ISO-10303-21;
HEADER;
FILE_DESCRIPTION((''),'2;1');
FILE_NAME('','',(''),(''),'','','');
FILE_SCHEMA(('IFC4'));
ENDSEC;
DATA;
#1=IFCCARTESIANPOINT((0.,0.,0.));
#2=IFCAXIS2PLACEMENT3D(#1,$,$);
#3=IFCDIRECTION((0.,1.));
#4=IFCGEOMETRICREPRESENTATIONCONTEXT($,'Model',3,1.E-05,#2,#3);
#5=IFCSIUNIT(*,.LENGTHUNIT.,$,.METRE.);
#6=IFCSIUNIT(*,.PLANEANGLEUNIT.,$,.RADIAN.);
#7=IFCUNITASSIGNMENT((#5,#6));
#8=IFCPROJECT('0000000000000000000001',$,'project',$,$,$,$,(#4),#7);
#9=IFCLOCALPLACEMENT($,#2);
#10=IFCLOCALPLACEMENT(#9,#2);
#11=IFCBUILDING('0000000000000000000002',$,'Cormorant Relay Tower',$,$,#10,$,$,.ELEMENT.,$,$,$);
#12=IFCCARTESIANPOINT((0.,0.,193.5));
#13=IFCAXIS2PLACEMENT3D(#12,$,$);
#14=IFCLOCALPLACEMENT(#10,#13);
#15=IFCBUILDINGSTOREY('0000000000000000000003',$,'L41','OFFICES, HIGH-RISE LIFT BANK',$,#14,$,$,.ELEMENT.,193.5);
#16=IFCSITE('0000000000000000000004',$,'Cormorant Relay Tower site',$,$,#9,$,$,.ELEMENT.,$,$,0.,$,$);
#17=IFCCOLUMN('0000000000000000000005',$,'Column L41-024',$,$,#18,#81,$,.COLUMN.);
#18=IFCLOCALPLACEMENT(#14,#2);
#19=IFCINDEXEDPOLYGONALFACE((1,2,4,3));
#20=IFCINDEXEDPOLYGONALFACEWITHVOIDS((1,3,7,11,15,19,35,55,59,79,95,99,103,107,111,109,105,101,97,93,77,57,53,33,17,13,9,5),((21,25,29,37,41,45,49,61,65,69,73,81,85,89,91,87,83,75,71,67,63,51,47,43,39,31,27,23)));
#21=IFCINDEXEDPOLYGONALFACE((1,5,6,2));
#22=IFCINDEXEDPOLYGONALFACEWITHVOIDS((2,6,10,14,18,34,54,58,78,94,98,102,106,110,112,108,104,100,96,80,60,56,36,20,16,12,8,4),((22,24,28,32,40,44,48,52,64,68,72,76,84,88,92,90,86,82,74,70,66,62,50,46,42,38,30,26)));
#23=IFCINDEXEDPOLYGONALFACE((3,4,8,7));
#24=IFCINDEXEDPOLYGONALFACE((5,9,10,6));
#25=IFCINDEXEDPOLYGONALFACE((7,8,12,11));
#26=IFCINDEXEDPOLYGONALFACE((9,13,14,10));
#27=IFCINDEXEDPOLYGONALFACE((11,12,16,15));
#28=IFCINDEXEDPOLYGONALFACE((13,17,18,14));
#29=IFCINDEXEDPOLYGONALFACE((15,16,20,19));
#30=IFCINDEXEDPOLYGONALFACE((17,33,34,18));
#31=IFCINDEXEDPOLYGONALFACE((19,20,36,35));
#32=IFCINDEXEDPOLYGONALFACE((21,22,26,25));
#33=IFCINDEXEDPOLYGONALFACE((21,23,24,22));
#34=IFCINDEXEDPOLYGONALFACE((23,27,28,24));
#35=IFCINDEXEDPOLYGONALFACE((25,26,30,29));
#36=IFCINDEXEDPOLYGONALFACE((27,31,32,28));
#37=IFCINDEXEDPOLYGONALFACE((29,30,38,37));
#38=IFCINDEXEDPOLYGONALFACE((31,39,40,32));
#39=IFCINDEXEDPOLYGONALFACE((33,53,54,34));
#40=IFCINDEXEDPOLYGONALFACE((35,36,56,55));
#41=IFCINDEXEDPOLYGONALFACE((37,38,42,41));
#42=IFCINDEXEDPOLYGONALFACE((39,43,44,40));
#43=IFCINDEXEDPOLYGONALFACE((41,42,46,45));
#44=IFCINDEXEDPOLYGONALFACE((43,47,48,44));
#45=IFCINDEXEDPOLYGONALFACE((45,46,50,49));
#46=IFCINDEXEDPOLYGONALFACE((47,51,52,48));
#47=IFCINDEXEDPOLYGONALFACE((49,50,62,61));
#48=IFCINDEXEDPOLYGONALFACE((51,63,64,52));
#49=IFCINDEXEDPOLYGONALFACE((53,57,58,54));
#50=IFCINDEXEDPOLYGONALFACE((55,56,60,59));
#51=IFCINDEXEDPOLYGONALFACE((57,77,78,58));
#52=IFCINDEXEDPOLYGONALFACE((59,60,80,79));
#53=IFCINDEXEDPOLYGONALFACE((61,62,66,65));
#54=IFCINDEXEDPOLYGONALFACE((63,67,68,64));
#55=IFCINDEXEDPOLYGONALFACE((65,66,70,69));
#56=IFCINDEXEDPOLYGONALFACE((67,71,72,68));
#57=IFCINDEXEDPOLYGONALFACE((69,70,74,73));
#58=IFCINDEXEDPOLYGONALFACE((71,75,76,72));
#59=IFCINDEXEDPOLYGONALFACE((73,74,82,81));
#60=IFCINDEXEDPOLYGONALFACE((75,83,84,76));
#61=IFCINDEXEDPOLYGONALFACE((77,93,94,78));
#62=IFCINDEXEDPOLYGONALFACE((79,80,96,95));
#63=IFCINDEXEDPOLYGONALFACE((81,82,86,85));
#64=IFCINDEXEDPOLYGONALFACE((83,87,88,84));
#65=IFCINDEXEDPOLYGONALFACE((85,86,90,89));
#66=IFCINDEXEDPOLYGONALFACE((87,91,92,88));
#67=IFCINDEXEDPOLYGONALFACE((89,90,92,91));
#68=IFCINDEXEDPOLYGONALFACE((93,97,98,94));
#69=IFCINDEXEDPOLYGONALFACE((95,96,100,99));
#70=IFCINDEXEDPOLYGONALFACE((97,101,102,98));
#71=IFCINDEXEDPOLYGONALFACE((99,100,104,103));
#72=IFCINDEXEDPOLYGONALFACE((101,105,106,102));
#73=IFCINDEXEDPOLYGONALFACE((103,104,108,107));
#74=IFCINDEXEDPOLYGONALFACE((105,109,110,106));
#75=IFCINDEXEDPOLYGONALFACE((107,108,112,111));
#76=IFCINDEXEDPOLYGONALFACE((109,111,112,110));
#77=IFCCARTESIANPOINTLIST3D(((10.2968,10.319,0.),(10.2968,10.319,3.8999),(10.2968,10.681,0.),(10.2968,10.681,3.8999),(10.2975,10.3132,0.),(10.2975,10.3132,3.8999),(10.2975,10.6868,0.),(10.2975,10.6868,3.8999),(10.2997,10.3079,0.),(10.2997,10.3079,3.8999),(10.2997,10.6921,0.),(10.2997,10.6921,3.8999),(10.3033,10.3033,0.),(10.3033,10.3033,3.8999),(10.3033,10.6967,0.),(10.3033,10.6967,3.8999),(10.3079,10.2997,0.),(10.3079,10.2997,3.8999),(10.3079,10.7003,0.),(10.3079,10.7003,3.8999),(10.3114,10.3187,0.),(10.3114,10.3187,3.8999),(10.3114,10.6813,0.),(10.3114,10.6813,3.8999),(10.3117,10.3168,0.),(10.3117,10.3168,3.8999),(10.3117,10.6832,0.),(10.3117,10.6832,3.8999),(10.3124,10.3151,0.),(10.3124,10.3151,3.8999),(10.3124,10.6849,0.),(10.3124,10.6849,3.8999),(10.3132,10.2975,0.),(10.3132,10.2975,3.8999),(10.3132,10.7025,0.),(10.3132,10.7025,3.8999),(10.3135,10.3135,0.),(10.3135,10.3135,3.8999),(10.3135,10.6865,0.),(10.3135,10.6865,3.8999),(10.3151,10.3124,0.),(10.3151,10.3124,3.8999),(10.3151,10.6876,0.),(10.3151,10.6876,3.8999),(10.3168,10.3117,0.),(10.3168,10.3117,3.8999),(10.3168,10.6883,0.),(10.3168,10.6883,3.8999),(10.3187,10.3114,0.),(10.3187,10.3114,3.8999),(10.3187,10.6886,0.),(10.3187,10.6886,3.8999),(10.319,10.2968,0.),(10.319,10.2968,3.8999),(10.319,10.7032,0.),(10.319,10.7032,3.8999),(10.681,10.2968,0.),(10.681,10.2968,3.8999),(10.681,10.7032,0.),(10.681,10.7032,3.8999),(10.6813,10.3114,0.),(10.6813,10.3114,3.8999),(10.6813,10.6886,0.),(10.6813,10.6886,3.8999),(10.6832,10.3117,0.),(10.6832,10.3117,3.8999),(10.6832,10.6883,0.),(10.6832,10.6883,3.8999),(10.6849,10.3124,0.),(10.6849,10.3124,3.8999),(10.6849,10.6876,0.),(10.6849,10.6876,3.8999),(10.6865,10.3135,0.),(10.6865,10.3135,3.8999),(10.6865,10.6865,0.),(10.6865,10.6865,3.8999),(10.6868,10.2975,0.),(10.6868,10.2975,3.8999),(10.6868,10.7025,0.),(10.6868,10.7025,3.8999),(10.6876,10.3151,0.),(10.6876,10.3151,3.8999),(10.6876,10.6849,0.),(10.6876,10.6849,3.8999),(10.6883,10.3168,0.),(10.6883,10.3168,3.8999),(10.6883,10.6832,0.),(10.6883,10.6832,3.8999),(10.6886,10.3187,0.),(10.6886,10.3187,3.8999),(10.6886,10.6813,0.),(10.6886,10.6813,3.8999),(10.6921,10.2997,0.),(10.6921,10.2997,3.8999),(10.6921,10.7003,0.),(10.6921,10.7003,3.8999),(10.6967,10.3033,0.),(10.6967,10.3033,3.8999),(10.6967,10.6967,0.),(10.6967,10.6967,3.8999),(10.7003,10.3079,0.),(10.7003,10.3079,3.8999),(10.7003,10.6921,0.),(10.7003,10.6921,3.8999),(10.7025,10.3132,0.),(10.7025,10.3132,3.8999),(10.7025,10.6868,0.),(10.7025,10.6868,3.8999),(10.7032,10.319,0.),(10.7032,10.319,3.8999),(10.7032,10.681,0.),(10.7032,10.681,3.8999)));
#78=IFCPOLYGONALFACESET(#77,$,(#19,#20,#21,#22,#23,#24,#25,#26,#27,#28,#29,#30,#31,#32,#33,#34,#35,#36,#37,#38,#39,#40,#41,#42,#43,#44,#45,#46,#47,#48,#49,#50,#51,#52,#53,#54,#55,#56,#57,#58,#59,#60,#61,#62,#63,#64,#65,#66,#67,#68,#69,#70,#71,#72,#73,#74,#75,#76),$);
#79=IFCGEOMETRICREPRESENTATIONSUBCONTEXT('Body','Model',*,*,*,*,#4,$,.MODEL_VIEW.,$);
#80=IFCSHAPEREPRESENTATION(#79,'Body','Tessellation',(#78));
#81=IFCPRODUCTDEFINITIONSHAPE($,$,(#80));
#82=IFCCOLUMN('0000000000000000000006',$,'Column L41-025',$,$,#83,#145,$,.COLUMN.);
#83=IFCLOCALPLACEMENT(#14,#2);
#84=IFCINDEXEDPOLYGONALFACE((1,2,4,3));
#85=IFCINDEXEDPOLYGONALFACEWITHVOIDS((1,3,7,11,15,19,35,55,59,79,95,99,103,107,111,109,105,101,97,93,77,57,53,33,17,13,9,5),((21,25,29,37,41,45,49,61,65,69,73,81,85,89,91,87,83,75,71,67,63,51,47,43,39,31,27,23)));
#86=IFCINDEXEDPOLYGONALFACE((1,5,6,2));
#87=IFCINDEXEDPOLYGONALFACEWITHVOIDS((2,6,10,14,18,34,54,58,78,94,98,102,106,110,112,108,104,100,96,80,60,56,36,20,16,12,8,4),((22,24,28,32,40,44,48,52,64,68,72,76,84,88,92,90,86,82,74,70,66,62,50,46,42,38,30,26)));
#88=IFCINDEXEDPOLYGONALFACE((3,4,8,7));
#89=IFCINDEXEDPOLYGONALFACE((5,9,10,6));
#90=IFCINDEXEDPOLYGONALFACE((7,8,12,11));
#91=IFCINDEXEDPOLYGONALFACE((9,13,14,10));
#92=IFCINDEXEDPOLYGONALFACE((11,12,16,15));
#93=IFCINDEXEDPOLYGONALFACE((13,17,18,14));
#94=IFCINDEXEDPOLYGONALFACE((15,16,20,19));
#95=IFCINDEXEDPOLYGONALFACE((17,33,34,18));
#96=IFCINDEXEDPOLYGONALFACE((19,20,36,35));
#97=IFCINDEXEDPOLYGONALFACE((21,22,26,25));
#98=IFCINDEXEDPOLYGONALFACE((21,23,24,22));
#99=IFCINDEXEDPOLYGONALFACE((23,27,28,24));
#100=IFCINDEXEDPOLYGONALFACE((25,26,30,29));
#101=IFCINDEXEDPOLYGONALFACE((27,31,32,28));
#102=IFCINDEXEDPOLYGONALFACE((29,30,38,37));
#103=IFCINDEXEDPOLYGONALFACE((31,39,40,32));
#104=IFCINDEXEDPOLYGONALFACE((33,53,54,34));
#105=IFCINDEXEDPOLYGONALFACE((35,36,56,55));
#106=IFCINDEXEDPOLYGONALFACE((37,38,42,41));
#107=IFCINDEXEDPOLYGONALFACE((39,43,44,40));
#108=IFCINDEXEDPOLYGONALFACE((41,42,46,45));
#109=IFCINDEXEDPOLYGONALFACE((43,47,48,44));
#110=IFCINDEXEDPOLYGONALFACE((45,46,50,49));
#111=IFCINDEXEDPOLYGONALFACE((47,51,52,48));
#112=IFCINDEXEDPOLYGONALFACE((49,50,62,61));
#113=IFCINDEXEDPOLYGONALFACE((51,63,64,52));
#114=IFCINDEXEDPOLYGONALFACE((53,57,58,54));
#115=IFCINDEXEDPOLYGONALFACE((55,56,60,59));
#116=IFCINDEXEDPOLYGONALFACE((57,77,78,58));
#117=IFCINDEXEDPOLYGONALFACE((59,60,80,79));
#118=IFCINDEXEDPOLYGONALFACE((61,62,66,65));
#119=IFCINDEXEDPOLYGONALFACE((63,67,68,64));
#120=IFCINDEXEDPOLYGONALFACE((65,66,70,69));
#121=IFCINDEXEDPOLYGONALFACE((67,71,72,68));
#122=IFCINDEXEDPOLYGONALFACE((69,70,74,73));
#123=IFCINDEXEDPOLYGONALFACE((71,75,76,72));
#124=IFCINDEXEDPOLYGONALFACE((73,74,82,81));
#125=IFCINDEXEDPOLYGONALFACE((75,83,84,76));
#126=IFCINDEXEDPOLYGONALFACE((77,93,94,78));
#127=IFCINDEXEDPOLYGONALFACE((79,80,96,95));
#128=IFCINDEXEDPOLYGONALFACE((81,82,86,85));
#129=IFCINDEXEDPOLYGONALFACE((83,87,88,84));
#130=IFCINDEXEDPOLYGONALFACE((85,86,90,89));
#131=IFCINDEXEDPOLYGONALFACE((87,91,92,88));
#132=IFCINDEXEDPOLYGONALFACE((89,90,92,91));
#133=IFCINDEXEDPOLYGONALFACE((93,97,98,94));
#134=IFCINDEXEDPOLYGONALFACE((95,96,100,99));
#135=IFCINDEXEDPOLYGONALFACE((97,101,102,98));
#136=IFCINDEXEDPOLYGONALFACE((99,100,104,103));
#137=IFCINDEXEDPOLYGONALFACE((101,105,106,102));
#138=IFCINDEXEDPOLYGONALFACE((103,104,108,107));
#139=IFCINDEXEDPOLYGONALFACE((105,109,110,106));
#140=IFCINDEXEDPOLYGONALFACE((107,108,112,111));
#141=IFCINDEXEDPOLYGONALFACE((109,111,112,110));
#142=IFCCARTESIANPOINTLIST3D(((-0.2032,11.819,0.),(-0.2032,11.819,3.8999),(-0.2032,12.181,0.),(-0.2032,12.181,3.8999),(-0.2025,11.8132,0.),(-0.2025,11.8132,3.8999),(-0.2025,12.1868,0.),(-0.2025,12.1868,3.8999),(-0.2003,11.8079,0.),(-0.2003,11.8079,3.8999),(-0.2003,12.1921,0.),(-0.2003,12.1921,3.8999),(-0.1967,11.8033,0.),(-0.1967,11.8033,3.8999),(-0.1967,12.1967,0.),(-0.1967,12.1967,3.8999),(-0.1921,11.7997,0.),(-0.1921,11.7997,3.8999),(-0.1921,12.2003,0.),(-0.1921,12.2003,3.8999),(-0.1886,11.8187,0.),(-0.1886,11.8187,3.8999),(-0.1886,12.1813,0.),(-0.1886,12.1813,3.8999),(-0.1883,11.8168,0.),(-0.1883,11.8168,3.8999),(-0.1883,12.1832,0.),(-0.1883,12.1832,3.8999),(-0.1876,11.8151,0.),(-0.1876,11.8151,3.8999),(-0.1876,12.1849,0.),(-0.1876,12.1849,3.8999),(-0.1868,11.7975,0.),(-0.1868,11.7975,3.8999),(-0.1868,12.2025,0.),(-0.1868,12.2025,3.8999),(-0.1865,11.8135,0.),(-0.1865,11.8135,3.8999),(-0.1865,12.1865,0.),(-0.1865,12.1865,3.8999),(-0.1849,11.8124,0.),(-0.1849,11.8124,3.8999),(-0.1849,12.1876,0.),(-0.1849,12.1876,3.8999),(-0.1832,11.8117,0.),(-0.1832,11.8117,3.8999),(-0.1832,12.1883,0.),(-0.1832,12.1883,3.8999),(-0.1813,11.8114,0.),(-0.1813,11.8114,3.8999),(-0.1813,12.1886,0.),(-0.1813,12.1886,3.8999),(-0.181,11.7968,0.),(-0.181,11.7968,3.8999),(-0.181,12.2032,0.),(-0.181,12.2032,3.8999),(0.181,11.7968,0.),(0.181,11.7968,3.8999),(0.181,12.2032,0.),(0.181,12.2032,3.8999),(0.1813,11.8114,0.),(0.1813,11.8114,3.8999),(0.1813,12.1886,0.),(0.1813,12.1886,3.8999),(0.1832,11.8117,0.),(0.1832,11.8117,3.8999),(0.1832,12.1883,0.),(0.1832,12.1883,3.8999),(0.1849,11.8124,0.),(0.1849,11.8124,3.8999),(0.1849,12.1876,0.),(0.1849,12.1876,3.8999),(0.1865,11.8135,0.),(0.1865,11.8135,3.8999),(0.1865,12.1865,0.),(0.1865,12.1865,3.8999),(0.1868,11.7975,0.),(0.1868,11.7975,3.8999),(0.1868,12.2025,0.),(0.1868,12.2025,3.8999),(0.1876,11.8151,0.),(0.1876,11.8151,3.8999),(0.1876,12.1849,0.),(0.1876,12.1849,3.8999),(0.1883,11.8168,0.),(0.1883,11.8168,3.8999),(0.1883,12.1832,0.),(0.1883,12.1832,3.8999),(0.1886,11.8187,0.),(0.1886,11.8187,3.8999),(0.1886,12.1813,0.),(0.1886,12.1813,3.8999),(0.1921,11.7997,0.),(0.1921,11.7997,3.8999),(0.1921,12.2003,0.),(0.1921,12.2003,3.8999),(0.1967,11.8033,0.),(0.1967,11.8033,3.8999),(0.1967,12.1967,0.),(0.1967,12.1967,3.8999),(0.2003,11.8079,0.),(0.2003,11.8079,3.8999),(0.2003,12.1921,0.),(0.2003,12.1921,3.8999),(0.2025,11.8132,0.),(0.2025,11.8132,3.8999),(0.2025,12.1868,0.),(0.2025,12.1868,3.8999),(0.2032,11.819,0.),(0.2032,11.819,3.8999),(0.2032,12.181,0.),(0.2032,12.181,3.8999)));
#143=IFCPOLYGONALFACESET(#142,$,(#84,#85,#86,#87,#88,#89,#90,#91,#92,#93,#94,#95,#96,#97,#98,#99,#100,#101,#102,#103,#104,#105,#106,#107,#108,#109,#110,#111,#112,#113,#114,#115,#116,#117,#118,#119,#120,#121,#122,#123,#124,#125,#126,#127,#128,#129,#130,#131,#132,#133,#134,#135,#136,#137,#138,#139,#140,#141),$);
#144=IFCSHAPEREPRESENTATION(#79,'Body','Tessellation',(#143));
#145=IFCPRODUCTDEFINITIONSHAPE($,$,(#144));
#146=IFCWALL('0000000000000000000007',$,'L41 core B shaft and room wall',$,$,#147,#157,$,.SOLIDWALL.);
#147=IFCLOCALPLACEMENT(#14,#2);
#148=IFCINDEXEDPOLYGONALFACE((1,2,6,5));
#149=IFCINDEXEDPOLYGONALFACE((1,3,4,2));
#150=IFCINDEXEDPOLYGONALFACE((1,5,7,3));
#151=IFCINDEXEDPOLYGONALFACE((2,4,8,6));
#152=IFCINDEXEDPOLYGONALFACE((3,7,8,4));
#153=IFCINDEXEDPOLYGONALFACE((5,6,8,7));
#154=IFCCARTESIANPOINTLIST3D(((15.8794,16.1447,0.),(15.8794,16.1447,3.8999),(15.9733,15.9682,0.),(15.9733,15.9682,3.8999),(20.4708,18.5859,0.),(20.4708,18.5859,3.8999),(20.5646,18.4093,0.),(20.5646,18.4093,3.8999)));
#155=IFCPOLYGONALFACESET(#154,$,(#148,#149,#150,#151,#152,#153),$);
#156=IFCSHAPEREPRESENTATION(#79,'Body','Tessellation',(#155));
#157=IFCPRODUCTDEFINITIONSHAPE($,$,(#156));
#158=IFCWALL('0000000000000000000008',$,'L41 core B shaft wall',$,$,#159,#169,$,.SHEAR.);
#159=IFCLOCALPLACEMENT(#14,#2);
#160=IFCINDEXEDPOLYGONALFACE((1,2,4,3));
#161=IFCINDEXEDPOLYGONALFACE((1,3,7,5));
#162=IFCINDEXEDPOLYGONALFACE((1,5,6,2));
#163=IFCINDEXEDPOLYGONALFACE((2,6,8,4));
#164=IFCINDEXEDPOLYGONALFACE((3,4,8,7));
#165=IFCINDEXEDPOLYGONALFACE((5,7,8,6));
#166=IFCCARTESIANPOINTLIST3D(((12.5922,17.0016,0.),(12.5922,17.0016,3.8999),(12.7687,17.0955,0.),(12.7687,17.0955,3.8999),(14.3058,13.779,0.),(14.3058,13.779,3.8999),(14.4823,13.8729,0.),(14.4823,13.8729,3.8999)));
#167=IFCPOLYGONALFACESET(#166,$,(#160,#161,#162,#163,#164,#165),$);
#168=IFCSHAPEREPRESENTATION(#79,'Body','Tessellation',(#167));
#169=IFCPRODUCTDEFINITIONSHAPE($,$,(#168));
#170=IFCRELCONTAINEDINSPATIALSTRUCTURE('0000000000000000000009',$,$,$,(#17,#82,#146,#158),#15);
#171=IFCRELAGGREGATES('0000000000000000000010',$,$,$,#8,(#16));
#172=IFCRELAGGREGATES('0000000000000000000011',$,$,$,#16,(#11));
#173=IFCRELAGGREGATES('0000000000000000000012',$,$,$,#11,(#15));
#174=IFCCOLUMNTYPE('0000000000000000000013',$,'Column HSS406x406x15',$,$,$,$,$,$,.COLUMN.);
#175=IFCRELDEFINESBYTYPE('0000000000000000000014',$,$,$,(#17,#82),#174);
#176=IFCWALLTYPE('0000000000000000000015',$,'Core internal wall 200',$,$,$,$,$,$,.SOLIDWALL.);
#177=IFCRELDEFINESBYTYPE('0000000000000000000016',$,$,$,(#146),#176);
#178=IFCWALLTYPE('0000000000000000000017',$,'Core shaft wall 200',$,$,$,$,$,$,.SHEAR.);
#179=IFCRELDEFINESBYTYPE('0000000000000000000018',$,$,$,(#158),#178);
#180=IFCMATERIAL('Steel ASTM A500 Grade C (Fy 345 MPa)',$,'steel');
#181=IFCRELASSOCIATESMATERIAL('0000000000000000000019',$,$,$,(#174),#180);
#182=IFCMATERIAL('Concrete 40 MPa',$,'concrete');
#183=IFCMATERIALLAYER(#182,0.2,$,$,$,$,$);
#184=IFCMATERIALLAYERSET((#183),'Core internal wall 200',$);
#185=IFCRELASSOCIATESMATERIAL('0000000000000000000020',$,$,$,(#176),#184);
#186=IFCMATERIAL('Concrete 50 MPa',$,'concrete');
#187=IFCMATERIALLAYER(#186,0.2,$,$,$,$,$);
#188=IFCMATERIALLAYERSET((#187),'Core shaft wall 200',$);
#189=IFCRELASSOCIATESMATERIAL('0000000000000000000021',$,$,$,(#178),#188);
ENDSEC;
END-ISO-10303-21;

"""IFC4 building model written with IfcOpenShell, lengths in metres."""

from ifc_helpers import new_model, si_unit, direction, frame, frame_2d, origin, origin_2d, place, context, subcontext, project, spatial, rectangle, hollow_rectangle, extrude, material, layer, layer_set, material_profile, profile_set, type_object, element, save


model = new_model("IFC4")

# Units and contexts
model_context = context("Model", 3, precision=1e-05, world=origin(), true_north=direction((0.0, 1.0)))
body_context = subcontext(model_context, "Body", "Model", "MODEL_VIEW")
ifc_project = project(units=[si_unit("LENGTHUNIT", "METRE"), si_unit("PLANEANGLEUNIT", "RADIAN")], contexts=[model_context])

# Site, building, storey
site_placement = place(None, origin())
site = spatial("IfcSite", under=ifc_project, at=site_placement, Name="Cormorant Relay Tower site", CompositionType="ELEMENT", RefElevation=0.0)
building_placement = place(site_placement, origin())
building = spatial("IfcBuilding", under=site, at=building_placement, Name="Cormorant Relay Tower", CompositionType="ELEMENT")
storey_placement = place(building_placement, frame((0.0, 0.0, 193.5)))
storey = spatial("IfcBuildingStorey", under=building, at=storey_placement, Name="L41", Description="OFFICES, HIGH-RISE LIFT BANK", CompositionType="ELEMENT", Elevation=193.5)

# Columns
ifc_material_1 = material(Name="Steel ASTM A500 Grade C (Fy 345 MPa)", Category="steel")
ifc_material_profile = material_profile(ifc_material_1, hollow_rectangle(XDim=0.4065, YDim=0.4065, WallThickness=0.0146, InnerFilletRadius=0.0073, OuterFilletRadius=0.0222, at=origin_2d()), Name="HSS406x406x15")
ifc_profile_set = profile_set([ifc_material_profile], Name="Steel ASTM A500 Grade C (Fy 345 MPa)")
column_type = type_object("IfcColumnType", Name="Column HSS406x406x15", PredefinedType="COLUMN", material=ifc_profile_set)
for number, where, z_axis, x_axis, name in (
    (1, (10.5, 10.5, 0.0), (0.0, 0.0, 1.0), (1.0, 0.0, 0.0), "Column L41-024"),
    (2, (0.0, 12.0, 0.0), (0.0, 0.0, 1.0), (1.0, 0.0, 0.0), "Column L41-025"),
):
    element("IfcColumn", number, at=place(storey_placement, frame(where, z_axis=z_axis, x_axis=x_axis)), inside=storey, type_object=column_type, Name=name, PredefinedType="COLUMN", context=body_context, shape_type="SweptSolid", body=[
        extrude(hollow_rectangle(XDim=0.4065, YDim=0.4065, WallThickness=0.0146, InnerFilletRadius=0.0073, OuterFilletRadius=0.0222, at=origin_2d()), origin(), (0.0, 0.0, 1.0), 3.8999),
    ])

# Walls
ifc_material_2 = material(Name="Concrete 40 MPa", Category="concrete")
ifc_layer_1 = layer(ifc_material_2, 0.2)
ifc_layer_set_1 = layer_set([ifc_layer_1], Name="Core internal wall 200")
wall_type_1 = type_object("IfcWallType", Name="Core internal wall 200", PredefinedType="SOLIDWALL", material=ifc_layer_set_1)
wall_1_placement = place(storey_placement, frame((15.9263, 16.0564, 0.0), z_axis=(0.0, 0.0, 1.0), x_axis=(0.882954, 0.46946, 0.0)))
element("IfcWall", 3, at=wall_1_placement, inside=storey, type_object=wall_type_1, Name="L41 core B shaft and room wall", PredefinedType="SOLIDWALL", context=body_context, shape_type="SweptSolid", body=[
    extrude(rectangle(XDim=5.2, YDim=0.2, at=frame_2d((2.6001, 0.0))), origin(), (0.0, 0.0, 1.0), 3.8999),
])
ifc_material_3 = material(Name="Concrete 50 MPa", Category="concrete")
ifc_layer_2 = layer(ifc_material_3, 0.2)
ifc_layer_set_2 = layer_set([ifc_layer_2], Name="Core shaft wall 200")
wall_type_2 = type_object("IfcWallType", Name="Core shaft wall 200", PredefinedType="SHEAR", material=ifc_layer_set_2)
wall_2_placement = place(storey_placement, frame((14.394, 13.8259, 0.0), z_axis=(0.0, 0.0, 1.0), x_axis=(-0.469494, 0.882936, 0.0)))
element("IfcWall", 4, at=wall_2_placement, inside=storey, type_object=wall_type_2, Name="L41 core B shaft wall", PredefinedType="SHEAR", context=body_context, shape_type="SweptSolid", body=[
    extrude(rectangle(XDim=3.6499, YDim=0.2, at=frame_2d((1.825, 0.0))), origin(), (0.0, 0.0, 1.0), 3.8999),
])

save(model, "model.ifc")
